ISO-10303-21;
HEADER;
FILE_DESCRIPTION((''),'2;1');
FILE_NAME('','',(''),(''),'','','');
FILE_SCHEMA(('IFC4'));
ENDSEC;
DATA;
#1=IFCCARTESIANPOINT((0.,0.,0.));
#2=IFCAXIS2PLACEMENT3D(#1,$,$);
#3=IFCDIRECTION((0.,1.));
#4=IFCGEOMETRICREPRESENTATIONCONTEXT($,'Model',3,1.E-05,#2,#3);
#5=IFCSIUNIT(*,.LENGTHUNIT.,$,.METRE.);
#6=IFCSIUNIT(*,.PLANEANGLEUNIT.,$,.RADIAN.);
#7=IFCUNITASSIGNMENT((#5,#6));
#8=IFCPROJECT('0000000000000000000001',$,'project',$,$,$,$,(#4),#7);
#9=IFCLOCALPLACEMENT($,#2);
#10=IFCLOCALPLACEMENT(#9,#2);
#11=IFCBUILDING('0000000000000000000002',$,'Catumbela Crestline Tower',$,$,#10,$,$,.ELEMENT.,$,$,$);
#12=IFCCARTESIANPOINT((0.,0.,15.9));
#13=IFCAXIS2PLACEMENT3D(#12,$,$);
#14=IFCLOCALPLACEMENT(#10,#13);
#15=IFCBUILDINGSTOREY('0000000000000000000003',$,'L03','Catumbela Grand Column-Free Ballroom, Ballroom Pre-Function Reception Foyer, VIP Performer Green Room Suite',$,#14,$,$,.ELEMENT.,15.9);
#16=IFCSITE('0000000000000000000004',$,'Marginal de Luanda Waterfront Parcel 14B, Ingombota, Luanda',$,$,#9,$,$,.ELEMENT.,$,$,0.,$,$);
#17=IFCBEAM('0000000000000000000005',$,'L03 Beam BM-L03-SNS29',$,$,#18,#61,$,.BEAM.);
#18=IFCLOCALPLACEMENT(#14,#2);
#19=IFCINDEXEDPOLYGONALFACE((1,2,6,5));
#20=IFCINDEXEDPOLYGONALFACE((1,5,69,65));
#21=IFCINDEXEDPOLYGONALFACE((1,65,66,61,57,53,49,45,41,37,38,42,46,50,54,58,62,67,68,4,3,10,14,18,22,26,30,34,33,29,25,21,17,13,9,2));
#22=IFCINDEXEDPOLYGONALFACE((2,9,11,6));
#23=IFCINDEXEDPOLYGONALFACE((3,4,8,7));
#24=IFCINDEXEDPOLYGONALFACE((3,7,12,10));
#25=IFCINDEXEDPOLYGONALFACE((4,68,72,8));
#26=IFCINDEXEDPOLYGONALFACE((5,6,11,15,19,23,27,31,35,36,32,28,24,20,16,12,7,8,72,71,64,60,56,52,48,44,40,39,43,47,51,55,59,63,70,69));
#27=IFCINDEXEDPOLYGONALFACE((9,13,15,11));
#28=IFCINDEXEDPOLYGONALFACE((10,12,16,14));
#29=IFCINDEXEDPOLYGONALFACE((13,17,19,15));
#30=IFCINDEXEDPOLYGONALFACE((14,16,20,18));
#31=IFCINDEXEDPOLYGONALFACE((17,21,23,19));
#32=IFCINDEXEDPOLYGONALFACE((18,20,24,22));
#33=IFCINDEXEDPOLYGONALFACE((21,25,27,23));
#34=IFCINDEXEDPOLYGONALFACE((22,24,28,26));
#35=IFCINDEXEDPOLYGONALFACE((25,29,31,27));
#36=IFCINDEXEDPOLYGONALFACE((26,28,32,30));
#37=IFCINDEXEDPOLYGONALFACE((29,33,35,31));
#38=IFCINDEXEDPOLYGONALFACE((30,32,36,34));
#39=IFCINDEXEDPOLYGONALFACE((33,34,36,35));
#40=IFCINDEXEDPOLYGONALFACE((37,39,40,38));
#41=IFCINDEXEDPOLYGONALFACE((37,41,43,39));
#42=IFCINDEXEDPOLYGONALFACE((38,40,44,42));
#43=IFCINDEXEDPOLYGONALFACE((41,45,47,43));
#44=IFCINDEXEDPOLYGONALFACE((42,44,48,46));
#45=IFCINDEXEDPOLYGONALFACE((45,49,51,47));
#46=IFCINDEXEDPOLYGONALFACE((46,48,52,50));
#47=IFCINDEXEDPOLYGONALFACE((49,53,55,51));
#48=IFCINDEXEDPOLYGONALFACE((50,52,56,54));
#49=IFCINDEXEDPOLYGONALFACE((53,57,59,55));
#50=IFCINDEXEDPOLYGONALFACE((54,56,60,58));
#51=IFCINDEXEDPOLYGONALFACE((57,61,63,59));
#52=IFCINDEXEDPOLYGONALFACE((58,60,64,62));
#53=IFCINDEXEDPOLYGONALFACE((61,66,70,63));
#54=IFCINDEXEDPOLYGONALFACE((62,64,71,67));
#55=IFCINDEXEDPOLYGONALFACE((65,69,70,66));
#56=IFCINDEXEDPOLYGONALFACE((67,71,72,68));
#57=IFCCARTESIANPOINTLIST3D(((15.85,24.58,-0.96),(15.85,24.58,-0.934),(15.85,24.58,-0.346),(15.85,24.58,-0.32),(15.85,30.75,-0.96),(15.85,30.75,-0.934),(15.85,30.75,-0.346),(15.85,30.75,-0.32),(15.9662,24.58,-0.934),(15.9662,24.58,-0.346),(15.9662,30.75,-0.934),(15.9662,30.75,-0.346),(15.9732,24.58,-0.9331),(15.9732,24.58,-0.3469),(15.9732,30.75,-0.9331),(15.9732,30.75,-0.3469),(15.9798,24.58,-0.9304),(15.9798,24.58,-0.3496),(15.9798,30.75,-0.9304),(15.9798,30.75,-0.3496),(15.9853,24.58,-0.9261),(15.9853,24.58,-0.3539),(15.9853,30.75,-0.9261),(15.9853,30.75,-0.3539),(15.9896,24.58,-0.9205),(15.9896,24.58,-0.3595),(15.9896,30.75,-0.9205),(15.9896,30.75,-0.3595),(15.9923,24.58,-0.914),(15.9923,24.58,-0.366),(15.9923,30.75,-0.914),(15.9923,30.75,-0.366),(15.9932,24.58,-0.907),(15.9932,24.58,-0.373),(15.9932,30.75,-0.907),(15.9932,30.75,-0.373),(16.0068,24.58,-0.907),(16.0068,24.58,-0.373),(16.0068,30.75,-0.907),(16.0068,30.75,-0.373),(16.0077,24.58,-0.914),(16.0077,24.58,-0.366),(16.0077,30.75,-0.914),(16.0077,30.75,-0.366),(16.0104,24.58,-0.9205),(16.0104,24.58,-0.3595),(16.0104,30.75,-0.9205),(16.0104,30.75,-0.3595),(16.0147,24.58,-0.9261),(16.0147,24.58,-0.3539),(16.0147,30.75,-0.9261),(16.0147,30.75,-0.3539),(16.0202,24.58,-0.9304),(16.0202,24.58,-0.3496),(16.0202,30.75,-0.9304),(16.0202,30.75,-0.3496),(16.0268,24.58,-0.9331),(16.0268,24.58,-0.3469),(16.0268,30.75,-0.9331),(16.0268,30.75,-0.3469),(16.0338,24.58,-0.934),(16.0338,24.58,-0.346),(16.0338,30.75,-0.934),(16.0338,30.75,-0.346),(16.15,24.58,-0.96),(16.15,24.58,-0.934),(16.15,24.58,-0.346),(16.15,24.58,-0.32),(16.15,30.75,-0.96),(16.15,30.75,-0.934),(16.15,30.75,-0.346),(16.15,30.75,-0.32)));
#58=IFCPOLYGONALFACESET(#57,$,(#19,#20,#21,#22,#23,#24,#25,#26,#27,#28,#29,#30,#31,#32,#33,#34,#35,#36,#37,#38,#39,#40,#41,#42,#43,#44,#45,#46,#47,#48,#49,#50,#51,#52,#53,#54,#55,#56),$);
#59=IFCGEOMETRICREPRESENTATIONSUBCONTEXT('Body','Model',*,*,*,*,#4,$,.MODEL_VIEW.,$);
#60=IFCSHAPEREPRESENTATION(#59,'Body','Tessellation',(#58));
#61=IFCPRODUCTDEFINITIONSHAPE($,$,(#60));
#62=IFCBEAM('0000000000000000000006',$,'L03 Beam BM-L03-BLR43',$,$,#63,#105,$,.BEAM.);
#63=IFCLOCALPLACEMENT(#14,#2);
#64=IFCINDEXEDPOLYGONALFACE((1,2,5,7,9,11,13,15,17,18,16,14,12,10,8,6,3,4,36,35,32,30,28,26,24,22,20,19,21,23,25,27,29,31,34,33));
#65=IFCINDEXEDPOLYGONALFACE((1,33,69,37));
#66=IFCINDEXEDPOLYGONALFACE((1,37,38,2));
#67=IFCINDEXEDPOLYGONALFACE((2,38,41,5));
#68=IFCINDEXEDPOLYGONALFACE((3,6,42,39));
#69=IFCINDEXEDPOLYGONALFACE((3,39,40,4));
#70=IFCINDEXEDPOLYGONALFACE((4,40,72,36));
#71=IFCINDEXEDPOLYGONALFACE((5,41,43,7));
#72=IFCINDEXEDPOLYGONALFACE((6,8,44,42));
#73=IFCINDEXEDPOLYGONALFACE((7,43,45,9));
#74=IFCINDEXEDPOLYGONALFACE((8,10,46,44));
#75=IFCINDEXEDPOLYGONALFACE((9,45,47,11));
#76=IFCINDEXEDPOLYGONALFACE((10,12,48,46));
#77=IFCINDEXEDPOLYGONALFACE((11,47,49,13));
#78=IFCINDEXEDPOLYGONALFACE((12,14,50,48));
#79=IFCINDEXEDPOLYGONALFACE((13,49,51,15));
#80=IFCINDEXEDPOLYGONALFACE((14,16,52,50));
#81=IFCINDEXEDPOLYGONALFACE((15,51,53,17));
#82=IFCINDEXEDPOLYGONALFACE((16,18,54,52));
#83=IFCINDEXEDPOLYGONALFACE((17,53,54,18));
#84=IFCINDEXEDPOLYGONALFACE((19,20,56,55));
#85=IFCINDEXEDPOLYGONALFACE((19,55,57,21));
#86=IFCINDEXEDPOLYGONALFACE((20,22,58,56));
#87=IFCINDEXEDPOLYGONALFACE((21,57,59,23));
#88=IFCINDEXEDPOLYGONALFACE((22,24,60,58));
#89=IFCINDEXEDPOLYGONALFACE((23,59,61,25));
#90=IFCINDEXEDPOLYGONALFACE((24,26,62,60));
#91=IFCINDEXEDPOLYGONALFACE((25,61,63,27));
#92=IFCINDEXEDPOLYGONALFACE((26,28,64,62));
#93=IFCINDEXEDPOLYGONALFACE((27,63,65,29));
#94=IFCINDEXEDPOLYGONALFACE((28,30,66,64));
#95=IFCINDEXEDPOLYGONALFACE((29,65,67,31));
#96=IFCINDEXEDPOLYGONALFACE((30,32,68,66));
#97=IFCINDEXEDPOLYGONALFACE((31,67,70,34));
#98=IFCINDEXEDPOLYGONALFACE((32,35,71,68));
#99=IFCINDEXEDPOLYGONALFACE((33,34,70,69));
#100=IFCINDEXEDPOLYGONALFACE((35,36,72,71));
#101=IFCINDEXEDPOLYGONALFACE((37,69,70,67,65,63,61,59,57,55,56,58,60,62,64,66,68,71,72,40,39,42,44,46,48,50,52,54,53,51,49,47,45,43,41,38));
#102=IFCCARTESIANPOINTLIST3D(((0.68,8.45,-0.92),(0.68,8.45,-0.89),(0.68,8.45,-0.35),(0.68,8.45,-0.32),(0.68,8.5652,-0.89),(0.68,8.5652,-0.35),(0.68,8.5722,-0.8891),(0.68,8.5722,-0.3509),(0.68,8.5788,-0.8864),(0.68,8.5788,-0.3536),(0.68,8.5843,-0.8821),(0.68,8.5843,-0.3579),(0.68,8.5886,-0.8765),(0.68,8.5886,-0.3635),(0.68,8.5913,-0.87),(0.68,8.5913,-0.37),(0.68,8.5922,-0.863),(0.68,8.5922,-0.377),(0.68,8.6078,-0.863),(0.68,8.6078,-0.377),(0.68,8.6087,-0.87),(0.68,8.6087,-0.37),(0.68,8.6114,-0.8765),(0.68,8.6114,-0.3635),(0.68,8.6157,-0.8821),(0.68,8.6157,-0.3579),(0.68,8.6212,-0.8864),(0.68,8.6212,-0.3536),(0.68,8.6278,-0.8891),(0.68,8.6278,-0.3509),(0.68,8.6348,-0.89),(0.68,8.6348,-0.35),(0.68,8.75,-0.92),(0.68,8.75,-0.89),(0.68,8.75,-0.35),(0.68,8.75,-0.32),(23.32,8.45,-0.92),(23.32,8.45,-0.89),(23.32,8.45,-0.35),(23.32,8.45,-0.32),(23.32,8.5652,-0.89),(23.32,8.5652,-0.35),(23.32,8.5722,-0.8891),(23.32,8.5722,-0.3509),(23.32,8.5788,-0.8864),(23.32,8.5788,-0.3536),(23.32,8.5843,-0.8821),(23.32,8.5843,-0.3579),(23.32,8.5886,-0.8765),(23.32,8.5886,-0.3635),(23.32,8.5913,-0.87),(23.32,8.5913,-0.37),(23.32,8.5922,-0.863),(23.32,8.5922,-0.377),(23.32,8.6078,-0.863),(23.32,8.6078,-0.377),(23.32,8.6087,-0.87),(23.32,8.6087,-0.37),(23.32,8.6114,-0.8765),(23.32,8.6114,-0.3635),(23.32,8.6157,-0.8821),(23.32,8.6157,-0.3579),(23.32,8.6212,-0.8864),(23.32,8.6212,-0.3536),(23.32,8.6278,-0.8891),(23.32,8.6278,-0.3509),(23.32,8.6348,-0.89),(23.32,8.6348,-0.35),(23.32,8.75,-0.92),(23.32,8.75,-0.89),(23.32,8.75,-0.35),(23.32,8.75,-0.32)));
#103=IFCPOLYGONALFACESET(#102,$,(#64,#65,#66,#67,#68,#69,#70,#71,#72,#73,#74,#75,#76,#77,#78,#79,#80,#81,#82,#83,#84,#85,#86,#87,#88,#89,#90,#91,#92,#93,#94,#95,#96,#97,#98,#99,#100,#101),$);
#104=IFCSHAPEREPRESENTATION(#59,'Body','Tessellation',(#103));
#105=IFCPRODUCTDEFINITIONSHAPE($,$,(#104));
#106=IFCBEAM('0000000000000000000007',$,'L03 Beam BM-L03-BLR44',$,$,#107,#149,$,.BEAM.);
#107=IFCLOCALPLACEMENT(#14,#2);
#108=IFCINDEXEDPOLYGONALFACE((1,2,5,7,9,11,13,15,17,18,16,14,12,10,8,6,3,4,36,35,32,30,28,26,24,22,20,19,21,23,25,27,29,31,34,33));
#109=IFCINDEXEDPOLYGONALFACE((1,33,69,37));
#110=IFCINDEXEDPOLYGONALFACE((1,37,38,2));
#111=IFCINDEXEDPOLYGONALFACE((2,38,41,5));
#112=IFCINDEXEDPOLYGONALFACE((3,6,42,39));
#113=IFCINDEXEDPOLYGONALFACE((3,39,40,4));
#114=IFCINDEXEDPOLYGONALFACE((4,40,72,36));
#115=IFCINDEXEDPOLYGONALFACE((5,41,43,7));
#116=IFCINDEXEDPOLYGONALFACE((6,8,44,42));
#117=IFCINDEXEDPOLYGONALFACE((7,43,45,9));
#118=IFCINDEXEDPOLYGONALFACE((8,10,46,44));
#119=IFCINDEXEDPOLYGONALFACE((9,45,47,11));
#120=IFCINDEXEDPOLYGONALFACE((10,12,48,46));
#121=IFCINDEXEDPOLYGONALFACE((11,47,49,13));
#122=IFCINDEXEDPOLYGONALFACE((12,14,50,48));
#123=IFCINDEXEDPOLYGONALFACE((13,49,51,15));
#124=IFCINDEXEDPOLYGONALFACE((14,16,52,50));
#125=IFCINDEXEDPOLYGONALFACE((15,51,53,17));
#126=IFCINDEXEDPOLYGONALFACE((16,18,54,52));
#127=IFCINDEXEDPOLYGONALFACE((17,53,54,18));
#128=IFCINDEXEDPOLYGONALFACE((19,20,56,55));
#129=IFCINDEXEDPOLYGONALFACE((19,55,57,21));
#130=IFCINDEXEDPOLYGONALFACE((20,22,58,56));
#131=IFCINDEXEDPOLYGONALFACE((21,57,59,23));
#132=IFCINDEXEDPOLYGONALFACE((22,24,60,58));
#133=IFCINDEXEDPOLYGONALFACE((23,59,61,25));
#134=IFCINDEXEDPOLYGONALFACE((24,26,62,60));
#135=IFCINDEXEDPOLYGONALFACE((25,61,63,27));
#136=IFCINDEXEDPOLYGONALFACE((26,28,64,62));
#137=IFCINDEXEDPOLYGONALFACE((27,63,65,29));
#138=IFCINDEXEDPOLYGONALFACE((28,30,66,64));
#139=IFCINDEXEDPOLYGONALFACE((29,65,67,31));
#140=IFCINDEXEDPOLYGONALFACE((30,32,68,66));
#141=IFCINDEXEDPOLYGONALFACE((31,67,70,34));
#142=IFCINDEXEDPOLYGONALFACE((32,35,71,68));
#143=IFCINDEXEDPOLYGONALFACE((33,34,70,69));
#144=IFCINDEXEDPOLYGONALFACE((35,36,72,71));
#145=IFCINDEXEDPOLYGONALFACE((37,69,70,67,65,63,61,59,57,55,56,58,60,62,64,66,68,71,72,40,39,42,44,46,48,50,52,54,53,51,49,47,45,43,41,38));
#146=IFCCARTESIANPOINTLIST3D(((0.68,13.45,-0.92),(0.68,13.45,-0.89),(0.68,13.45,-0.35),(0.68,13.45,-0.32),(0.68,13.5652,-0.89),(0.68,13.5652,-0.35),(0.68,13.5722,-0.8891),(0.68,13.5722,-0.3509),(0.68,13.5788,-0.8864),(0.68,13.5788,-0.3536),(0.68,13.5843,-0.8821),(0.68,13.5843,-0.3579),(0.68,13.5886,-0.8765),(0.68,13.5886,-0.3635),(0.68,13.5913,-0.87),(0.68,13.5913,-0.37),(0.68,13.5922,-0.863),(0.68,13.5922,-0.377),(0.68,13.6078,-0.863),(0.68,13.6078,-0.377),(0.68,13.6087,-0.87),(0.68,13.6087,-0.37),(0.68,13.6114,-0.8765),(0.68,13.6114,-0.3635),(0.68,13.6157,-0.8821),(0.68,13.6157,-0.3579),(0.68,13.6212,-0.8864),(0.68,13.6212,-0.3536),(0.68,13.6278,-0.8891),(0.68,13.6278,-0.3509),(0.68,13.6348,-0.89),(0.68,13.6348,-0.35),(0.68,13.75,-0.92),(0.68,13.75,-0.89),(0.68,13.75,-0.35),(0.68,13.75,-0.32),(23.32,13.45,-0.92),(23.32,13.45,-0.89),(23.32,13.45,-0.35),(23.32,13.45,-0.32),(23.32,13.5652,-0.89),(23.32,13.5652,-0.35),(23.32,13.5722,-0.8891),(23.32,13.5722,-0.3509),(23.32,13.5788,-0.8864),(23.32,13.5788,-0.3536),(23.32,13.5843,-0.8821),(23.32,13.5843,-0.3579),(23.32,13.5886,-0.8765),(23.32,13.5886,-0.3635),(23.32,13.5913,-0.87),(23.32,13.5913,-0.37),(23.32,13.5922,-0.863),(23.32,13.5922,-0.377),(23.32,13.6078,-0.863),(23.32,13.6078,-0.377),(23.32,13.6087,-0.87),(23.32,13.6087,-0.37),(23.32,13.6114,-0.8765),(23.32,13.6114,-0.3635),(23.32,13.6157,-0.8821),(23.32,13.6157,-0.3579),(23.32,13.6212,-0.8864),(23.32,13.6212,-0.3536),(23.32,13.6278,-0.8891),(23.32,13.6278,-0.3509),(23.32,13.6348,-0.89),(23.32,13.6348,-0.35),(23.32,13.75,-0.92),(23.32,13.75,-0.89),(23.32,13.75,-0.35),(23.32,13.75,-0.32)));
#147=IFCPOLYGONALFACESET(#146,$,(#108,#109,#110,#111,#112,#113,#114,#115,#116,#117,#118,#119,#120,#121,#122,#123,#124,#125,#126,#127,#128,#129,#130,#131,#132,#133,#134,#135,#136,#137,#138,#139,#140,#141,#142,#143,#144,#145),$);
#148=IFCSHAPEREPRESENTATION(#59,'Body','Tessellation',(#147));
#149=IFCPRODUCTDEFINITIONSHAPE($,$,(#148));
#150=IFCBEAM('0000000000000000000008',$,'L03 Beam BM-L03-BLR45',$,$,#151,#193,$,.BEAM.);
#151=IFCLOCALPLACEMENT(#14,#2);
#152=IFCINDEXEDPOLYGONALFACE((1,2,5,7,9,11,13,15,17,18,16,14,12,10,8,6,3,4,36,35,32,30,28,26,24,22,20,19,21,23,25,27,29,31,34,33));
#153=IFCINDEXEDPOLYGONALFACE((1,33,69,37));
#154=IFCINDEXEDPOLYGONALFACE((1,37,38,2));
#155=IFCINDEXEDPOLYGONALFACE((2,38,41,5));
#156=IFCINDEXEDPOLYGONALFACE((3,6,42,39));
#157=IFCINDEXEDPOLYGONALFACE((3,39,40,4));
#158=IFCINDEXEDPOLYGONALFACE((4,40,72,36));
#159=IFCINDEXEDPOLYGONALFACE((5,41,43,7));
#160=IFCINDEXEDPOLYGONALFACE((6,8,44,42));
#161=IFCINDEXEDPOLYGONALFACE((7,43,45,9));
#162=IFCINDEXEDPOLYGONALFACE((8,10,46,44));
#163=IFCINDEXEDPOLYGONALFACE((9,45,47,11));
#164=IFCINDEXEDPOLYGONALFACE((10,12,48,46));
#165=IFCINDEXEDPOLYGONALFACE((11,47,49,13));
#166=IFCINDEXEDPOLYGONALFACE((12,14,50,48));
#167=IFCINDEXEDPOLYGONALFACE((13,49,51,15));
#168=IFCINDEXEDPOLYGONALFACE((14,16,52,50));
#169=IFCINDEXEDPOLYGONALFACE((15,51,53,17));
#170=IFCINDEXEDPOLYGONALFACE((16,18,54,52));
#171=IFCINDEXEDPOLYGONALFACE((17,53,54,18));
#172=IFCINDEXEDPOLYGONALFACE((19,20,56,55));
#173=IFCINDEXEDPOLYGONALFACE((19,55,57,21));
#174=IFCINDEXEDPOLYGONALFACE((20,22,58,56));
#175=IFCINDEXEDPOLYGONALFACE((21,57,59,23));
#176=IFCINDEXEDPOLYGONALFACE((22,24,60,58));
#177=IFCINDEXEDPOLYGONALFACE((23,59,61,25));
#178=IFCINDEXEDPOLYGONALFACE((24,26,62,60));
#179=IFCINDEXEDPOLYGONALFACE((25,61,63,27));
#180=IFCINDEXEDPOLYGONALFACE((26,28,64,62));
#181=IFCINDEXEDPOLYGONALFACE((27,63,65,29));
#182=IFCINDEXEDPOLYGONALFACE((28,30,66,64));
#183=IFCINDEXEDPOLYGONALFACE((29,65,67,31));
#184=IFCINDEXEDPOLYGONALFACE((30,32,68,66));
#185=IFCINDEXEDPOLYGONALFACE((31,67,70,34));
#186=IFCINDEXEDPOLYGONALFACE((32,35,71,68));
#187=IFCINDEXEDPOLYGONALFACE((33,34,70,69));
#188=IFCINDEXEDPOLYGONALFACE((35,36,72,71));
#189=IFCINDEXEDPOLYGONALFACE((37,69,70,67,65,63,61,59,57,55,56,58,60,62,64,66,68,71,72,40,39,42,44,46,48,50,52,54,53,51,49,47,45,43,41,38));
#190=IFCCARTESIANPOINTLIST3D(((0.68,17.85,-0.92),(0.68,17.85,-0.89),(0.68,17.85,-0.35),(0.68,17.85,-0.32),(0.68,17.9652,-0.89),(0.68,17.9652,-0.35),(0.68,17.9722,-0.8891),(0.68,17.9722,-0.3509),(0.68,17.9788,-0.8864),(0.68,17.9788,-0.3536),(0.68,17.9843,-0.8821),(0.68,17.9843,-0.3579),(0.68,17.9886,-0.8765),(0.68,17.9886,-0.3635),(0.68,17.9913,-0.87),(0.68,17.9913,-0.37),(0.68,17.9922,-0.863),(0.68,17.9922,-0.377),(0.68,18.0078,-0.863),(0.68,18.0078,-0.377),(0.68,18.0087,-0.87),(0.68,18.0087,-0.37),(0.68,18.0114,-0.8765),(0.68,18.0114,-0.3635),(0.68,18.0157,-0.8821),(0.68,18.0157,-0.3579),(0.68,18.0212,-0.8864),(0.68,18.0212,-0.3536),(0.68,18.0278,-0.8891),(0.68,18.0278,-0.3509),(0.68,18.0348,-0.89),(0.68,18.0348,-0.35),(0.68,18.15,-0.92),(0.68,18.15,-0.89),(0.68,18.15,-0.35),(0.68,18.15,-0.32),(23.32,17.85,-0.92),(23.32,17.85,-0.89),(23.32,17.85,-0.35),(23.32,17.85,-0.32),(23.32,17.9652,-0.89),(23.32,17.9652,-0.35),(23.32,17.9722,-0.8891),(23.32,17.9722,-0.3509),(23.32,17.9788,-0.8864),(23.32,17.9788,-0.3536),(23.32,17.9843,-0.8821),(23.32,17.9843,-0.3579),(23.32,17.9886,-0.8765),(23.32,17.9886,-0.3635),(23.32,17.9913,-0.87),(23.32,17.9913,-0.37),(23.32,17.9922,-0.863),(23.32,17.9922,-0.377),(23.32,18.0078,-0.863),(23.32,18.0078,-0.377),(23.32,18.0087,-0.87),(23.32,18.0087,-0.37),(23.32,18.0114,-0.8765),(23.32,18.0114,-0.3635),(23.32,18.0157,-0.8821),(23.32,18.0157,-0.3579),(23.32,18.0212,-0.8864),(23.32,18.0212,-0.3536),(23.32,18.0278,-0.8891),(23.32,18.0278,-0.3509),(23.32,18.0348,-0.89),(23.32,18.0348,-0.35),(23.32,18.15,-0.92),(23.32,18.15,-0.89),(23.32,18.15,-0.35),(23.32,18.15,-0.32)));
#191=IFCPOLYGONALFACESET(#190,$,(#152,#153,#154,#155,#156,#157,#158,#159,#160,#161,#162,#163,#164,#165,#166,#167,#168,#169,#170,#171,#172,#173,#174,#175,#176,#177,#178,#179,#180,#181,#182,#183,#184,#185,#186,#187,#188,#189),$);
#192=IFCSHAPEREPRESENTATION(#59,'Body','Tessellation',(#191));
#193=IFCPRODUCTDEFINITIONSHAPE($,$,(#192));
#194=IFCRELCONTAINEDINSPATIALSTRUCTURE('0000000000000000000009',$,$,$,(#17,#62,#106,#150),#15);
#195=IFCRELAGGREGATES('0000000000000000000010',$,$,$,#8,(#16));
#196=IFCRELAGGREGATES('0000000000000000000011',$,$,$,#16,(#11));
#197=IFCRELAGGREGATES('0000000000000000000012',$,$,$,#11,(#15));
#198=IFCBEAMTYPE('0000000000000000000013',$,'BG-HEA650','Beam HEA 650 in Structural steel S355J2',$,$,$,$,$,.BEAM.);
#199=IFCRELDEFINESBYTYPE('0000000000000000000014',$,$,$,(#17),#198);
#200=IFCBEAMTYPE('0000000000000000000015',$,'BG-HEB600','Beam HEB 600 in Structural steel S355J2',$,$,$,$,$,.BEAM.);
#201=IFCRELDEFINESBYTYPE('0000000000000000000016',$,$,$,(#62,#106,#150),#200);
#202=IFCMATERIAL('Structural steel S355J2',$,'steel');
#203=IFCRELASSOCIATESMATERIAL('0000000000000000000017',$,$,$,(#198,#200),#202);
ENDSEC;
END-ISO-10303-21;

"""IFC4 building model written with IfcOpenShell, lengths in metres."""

from ifc_helpers import new_model, si_unit, direction, frame, origin, origin_2d, place, context, subcontext, project, spatial, i_section, extrude, material, material_profile, profile_set, type_object, element, save


model = new_model("IFC4")

# Units and contexts
model_context = context("Model", 3, precision=1e-05, world=origin(), true_north=direction((0.0, 1.0)))
body_context = subcontext(model_context, "Body", "Model", "MODEL_VIEW")
ifc_project = project(units=[si_unit("LENGTHUNIT", "METRE"), si_unit("PLANEANGLEUNIT", "RADIAN")], contexts=[model_context])

# Site, building, storey
site_placement = place(None, origin())
site = spatial("IfcSite", under=ifc_project, at=site_placement, Name="Marginal de Luanda Waterfront Parcel 14B, Ingombota, Luanda", CompositionType="ELEMENT", RefElevation=0.0)
building_placement = place(site_placement, origin())
building = spatial("IfcBuilding", under=site, at=building_placement, Name="Catumbela Crestline Tower", CompositionType="ELEMENT")
storey_placement = place(building_placement, frame((0.0, 0.0, 15.9)))
storey = spatial("IfcBuildingStorey", under=building, at=storey_placement, Name="L03", Description="Catumbela Grand Column-Free Ballroom, Ballroom Pre-Function Reception Foyer, VIP Performer Green Room Suite", CompositionType="ELEMENT", Elevation=15.9)

# Beams
ifc_material_1 = material(Name="Structural steel S355J2", Category="steel")
ifc_material_profile_1 = material_profile(ifc_material_1, i_section(OverallWidth=0.3, OverallDepth=0.64, WebThickness=0.0135, FlangeThickness=0.026, FilletRadius=0.027, at=origin_2d()), Name="HEA 650")
ifc_profile_set_1 = profile_set([ifc_material_profile_1], Name="Structural steel S355J2")
beam_type_1 = type_object("IfcBeamType", Name="BG-HEA650", Description="Beam HEA 650 in Structural steel S355J2", PredefinedType="BEAM", material=ifc_profile_set_1)
beam_1_placement = place(storey_placement, frame((16.0, 24.58, -0.64), z_axis=(0.0, 1.0, 0.0), x_axis=(-1.0, 0.0, 0.0)))
element("IfcBeam", 1, at=beam_1_placement, inside=storey, type_object=beam_type_1, Name="L03 Beam BM-L03-SNS29", PredefinedType="BEAM", context=body_context, shape_type="SweptSolid", body=[
    extrude(i_section(OverallWidth=0.3, OverallDepth=0.64, WebThickness=0.0135, FlangeThickness=0.026, FilletRadius=0.027, at=origin_2d()), origin(), (0.0, 0.0, 1.0), 6.17),
])
ifc_material_profile_2 = material_profile(ifc_material_1, i_section(OverallWidth=0.3, OverallDepth=0.6, WebThickness=0.0155, FlangeThickness=0.03, FilletRadius=0.027, at=origin_2d()), Name="HEB 600")
ifc_profile_set_2 = profile_set([ifc_material_profile_2], Name="Structural steel S355J2")
beam_type_2 = type_object("IfcBeamType", Name="BG-HEB600", Description="Beam HEB 600 in Structural steel S355J2", PredefinedType="BEAM", material=ifc_profile_set_2)
for number, where, z_axis, x_axis, name in (
    (2, (0.68, 8.6, -0.62), (1.0, 0.0, 0.0), (0.0, 1.0, 0.0), "L03 Beam BM-L03-BLR43"),
    (3, (0.68, 13.6, -0.62), (1.0, 0.0, 0.0), (0.0, 1.0, 0.0), "L03 Beam BM-L03-BLR44"),
    (4, (0.68, 18.0, -0.62), (1.0, 0.0, 0.0), (0.0, 1.0, 0.0), "L03 Beam BM-L03-BLR45"),
):
    element("IfcBeam", number, at=place(storey_placement, frame(where, z_axis=z_axis, x_axis=x_axis)), inside=storey, type_object=beam_type_2, Name=name, PredefinedType="BEAM", context=body_context, shape_type="SweptSolid", body=[
        extrude(i_section(OverallWidth=0.3, OverallDepth=0.6, WebThickness=0.0155, FlangeThickness=0.03, FilletRadius=0.027, at=origin_2d()), origin(), (0.0, 0.0, 1.0), 22.64),
    ])

save(model, "model.ifc")
